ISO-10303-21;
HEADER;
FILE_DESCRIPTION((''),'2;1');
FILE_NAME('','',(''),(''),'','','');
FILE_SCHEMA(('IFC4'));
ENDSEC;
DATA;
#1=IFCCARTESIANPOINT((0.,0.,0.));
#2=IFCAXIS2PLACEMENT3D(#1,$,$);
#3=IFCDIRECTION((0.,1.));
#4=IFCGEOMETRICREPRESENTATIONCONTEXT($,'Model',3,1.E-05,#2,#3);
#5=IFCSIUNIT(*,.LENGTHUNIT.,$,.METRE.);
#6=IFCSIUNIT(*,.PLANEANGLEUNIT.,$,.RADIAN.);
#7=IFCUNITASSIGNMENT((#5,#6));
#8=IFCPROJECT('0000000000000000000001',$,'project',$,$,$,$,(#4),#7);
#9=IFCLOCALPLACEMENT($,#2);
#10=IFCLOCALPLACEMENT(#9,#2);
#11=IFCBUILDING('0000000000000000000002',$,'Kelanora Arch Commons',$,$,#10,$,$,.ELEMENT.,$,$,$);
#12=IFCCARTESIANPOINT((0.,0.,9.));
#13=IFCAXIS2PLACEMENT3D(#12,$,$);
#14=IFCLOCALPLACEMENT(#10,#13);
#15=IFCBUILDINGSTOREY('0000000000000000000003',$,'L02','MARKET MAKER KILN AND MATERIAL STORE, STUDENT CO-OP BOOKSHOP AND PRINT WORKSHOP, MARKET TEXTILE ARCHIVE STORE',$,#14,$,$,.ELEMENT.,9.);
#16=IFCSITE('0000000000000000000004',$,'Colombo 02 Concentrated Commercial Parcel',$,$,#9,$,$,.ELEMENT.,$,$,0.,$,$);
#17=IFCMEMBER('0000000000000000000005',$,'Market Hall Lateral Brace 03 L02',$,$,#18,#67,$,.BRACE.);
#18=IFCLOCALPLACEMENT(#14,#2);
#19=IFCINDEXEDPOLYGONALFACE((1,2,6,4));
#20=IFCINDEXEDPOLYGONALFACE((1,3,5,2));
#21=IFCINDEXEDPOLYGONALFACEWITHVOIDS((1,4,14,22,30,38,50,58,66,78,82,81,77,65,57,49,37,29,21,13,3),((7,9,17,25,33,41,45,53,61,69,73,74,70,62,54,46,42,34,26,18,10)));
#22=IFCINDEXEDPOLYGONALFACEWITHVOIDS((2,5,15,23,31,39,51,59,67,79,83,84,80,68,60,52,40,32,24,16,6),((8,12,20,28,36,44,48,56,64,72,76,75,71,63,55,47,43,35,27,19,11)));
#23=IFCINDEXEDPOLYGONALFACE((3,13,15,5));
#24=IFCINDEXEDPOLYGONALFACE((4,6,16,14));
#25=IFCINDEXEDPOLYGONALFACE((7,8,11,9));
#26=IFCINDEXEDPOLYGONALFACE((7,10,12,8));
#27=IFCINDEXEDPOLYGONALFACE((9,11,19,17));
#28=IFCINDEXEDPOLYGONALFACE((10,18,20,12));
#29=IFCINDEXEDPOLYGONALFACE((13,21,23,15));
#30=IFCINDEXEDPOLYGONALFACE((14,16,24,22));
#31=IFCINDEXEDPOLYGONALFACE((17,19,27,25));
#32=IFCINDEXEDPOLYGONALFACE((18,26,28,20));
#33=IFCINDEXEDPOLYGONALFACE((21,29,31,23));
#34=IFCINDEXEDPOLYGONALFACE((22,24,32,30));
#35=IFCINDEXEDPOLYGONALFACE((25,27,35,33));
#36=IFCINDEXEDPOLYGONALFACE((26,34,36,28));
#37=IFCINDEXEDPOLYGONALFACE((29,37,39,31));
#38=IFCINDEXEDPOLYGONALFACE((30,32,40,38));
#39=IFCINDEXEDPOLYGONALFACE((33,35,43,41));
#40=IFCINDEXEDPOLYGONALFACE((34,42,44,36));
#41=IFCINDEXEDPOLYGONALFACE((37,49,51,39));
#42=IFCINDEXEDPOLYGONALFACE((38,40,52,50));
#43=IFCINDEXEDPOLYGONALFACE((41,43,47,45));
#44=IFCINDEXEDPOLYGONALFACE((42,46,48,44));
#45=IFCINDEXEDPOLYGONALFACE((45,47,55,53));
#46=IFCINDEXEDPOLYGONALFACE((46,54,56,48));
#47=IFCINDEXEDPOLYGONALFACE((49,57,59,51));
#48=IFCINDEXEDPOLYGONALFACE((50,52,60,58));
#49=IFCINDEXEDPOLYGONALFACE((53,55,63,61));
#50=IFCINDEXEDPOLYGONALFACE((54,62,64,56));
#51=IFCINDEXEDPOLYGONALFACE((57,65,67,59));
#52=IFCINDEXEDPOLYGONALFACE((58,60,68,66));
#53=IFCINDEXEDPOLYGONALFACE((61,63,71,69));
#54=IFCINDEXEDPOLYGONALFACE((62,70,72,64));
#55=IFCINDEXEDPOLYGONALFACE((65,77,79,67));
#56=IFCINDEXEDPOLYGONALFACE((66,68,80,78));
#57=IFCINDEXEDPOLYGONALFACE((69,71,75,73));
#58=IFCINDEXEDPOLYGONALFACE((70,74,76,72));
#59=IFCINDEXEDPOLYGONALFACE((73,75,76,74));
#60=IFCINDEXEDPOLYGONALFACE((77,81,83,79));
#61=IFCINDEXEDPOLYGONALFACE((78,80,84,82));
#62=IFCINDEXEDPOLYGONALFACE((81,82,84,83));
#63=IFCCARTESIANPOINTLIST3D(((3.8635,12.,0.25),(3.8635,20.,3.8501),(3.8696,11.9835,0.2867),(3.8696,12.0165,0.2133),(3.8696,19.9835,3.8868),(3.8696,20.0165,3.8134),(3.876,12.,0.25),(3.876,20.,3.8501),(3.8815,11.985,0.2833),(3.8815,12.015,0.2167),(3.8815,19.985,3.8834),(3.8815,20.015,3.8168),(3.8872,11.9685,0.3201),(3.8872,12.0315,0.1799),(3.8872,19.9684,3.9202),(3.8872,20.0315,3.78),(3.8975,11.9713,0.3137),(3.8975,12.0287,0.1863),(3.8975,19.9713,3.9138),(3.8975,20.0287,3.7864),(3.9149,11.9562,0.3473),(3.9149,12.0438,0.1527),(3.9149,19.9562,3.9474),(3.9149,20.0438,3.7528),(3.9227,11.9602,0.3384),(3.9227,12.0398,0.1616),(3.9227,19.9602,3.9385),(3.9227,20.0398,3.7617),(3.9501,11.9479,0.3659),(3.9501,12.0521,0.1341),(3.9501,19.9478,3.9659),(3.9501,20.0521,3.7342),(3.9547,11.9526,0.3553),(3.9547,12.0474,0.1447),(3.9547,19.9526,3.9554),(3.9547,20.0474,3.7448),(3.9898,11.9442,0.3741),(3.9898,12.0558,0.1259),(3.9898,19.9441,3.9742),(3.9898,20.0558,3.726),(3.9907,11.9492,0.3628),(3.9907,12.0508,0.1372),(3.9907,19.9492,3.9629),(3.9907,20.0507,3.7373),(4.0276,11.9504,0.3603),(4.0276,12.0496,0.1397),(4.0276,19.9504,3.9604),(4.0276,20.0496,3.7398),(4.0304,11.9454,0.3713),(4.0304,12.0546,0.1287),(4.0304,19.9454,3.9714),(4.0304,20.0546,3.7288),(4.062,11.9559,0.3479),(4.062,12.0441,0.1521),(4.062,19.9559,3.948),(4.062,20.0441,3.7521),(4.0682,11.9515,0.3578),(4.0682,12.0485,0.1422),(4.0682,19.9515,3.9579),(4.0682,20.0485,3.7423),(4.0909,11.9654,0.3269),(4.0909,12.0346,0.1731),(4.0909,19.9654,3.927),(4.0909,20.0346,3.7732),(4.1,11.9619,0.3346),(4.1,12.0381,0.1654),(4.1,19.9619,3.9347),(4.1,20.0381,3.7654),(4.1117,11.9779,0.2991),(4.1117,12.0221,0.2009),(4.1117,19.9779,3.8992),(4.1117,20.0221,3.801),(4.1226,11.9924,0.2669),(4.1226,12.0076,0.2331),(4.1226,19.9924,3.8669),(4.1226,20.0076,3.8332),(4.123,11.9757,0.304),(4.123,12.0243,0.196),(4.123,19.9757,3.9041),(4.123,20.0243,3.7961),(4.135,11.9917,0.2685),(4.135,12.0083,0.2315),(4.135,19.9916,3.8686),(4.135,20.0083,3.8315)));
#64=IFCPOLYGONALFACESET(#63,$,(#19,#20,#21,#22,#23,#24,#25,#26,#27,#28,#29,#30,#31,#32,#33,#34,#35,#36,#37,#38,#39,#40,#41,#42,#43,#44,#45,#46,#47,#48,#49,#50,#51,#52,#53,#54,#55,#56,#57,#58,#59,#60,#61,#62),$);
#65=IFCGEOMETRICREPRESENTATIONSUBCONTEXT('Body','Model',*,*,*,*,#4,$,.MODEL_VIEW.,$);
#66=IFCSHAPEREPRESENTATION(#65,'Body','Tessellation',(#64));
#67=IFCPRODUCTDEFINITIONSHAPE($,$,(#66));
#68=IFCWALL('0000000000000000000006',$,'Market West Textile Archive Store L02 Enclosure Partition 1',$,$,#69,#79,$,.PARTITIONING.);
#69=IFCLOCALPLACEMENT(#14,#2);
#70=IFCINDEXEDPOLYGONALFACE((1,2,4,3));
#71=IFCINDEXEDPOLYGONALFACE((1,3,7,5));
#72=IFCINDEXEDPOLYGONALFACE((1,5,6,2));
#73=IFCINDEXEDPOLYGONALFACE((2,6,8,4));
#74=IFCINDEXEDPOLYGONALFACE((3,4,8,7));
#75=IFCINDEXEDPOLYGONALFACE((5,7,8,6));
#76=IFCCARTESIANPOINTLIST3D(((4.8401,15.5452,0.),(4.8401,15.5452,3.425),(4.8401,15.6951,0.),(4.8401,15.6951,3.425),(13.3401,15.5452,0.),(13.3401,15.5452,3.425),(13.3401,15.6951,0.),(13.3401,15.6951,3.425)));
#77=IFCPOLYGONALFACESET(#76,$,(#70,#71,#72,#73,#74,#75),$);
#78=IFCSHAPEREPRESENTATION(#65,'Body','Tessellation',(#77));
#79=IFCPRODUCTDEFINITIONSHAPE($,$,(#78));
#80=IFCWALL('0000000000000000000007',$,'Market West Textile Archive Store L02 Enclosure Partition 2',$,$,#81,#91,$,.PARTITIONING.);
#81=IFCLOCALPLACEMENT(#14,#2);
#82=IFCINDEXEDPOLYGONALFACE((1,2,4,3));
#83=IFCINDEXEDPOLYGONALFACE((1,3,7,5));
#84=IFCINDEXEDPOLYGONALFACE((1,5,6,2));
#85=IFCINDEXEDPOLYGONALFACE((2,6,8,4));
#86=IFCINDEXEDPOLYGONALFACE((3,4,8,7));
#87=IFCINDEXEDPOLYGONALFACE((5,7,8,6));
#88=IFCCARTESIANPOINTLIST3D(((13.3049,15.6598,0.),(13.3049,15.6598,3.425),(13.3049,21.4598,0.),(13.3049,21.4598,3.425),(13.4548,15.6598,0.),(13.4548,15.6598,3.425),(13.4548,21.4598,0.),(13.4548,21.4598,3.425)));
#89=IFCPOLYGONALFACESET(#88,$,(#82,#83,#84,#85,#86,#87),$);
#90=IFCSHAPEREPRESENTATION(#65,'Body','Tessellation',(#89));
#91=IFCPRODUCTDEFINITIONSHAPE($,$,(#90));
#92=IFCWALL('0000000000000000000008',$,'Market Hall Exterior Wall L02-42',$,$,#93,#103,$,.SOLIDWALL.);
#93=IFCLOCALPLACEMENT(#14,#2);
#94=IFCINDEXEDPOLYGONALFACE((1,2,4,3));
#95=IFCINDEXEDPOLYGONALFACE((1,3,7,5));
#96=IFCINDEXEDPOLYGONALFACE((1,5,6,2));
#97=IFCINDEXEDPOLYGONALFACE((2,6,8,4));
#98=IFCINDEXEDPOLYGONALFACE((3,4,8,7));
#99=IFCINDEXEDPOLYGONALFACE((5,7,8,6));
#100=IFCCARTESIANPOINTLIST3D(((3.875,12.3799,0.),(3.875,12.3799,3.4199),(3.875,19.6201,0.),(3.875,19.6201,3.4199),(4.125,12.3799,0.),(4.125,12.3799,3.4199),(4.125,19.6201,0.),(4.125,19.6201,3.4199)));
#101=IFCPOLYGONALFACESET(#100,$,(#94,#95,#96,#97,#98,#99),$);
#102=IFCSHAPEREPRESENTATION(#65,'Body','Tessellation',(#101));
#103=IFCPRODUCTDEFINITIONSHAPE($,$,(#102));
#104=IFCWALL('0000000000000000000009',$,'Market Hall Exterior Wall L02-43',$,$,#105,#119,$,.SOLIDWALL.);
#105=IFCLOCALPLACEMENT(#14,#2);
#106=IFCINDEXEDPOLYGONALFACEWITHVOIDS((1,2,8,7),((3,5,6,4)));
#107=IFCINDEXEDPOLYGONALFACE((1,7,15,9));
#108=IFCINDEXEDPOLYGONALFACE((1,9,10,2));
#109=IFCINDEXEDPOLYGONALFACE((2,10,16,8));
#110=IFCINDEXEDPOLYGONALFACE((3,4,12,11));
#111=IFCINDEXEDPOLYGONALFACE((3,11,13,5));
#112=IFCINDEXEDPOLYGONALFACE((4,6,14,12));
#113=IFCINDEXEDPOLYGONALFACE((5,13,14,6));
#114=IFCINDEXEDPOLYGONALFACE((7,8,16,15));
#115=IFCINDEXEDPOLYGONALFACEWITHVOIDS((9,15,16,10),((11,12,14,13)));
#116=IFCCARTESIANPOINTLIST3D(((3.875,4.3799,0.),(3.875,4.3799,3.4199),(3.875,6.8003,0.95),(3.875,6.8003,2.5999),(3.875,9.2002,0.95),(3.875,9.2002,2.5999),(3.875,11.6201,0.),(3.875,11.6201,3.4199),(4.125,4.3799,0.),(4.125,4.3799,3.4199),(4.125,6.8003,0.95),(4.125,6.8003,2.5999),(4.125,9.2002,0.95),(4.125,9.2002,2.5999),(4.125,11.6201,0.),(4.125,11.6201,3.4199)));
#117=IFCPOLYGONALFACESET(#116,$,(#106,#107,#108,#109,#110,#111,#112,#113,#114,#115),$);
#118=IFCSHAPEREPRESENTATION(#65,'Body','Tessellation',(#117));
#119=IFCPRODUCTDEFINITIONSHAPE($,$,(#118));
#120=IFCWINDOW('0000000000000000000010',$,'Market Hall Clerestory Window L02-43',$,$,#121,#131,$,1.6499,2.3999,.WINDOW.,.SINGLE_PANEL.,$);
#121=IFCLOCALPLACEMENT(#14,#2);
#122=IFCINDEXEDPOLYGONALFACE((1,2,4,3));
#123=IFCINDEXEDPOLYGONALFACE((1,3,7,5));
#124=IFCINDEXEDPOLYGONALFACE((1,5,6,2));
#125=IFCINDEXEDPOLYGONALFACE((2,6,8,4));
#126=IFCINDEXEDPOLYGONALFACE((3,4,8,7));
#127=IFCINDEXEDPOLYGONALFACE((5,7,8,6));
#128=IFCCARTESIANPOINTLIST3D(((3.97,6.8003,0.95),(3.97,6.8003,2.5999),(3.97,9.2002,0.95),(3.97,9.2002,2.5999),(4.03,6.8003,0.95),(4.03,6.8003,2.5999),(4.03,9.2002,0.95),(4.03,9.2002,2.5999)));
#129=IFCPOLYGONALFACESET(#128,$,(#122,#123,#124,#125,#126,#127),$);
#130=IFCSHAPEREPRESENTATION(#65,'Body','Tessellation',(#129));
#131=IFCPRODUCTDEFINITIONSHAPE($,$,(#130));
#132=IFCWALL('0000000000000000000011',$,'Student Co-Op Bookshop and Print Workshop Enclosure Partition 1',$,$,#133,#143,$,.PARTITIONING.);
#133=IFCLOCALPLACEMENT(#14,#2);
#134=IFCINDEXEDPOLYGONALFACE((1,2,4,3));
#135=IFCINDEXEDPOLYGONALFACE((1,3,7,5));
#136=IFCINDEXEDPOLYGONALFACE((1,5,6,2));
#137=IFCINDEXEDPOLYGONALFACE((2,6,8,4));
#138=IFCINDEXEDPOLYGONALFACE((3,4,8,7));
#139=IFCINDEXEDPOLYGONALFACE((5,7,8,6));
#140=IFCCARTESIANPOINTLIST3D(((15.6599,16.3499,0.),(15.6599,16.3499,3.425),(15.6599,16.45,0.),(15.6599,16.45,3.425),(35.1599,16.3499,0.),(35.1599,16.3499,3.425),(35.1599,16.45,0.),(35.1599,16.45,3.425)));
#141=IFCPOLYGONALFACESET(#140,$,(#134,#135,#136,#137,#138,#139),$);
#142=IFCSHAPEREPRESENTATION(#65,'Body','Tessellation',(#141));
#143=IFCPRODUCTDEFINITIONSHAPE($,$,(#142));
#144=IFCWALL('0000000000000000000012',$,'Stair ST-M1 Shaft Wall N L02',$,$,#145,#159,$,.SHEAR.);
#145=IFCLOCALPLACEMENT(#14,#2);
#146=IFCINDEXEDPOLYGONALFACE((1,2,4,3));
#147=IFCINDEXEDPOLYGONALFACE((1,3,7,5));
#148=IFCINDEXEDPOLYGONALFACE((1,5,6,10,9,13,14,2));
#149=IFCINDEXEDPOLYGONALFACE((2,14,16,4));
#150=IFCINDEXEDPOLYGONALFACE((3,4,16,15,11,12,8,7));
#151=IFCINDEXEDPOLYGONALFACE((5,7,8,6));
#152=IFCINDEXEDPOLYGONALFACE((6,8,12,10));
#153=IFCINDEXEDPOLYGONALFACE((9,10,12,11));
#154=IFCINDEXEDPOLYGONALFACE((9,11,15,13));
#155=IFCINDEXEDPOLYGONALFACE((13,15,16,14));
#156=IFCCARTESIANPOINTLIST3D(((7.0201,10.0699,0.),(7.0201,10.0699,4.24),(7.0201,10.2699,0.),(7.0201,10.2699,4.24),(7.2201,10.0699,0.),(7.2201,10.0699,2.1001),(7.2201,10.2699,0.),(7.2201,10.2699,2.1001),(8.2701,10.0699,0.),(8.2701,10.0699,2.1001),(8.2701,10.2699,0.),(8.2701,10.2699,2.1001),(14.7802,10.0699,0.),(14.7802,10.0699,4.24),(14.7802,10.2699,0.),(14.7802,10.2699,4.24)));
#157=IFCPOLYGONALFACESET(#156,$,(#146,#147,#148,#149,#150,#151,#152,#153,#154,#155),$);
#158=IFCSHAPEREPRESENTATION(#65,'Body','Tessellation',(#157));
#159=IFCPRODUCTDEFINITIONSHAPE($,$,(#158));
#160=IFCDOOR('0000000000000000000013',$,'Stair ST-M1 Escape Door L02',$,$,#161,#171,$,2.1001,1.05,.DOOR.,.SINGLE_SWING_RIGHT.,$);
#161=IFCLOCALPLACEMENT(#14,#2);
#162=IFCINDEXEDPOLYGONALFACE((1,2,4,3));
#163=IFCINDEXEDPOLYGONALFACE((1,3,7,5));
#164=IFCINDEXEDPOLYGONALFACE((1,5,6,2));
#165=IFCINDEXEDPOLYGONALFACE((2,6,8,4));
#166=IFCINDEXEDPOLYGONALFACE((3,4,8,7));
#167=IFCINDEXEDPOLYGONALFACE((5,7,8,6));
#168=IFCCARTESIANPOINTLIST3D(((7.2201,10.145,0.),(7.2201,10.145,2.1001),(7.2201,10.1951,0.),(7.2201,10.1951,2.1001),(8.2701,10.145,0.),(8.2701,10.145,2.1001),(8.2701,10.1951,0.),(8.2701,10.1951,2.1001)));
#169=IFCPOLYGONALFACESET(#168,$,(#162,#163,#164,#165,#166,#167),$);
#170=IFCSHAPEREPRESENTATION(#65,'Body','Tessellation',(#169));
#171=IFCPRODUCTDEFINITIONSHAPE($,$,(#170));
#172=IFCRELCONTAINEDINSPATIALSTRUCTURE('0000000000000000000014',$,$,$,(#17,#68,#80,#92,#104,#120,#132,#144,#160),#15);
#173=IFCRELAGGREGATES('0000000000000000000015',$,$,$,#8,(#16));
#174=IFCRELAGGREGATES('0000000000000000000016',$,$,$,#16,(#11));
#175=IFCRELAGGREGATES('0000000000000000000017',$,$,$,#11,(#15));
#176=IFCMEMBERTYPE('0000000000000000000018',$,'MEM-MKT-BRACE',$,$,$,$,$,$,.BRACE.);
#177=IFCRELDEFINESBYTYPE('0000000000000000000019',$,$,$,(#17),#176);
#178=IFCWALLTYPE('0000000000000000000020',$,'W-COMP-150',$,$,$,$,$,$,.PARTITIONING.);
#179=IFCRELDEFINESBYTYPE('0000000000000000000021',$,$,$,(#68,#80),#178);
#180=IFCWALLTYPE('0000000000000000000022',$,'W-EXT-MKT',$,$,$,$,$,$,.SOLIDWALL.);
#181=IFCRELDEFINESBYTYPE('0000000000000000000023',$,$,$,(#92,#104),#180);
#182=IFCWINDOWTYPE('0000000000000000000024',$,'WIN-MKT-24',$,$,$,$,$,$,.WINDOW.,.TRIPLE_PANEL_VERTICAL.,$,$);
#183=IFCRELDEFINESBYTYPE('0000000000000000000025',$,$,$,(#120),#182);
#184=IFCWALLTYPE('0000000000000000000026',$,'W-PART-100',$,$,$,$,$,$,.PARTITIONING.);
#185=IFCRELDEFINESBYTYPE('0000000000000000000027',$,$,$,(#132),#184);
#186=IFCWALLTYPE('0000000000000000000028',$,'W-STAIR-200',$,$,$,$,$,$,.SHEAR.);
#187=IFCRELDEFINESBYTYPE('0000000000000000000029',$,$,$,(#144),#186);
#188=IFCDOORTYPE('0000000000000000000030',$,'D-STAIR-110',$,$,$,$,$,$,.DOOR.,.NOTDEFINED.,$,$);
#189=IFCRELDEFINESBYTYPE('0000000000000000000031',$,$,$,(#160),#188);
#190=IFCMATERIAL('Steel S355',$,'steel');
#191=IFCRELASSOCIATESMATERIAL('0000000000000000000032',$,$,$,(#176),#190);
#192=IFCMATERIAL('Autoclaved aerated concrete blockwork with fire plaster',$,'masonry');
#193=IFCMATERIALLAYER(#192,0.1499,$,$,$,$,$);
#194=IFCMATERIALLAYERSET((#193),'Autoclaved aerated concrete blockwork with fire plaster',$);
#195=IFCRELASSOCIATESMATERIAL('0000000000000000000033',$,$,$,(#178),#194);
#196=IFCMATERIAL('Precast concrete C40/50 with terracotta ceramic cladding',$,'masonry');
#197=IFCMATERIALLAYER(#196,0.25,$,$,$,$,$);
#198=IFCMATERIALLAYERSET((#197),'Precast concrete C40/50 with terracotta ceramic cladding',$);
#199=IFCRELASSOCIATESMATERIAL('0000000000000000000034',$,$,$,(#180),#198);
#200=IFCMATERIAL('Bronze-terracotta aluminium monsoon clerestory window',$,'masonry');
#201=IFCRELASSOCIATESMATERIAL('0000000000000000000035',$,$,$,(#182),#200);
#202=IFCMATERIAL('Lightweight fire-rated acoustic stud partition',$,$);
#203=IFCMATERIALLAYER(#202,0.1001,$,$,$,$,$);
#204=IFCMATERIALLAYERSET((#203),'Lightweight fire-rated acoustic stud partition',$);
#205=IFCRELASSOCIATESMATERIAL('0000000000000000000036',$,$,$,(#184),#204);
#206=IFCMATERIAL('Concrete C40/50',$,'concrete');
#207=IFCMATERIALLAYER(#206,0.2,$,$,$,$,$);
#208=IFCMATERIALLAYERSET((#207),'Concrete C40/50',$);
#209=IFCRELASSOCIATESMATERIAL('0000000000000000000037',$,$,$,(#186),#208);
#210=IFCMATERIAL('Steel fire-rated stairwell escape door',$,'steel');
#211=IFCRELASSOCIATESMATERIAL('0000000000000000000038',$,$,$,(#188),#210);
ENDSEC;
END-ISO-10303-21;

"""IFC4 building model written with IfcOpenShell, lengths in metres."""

from ifc_helpers import new_model, si_unit, direction, frame, frame_2d, origin, origin_2d, place, context, subcontext, project, spatial, rectangle, hollow_circle, extrude, material, layer, layer_set, material_profile, profile_set, type_object, element, fill, save


model = new_model("IFC4")

# Units and contexts
model_context = context("Model", 3, precision=1e-05, world=origin(), true_north=direction((0.0, 1.0)))
body_context = subcontext(model_context, "Body", "Model", "MODEL_VIEW")
ifc_project = project(units=[si_unit("LENGTHUNIT", "METRE"), si_unit("PLANEANGLEUNIT", "RADIAN")], contexts=[model_context])

# Site, building, storey
site_placement = place(None, origin())
site = spatial("IfcSite", under=ifc_project, at=site_placement, Name="Colombo 02 Concentrated Commercial Parcel", CompositionType="ELEMENT", RefElevation=0.0)
building_placement = place(site_placement, origin())
building = spatial("IfcBuilding", under=site, at=building_placement, Name="Kelanora Arch Commons", CompositionType="ELEMENT")
storey_placement = place(building_placement, frame((0.0, 0.0, 9.0)))
storey = spatial("IfcBuildingStorey", under=building, at=storey_placement, Name="L02", Description="MARKET MAKER KILN AND MATERIAL STORE, STUDENT CO-OP BOOKSHOP AND PRINT WORKSHOP, MARKET TEXTILE ARCHIVE STORE", CompositionType="ELEMENT", Elevation=9.0)

# Shared definitions
ifc_material_1 = material(Name="Concrete C40/50", Category="concrete")

# Member
ifc_material_2 = material(Name="Steel S355", Category="steel")
ifc_material_profile_1 = material_profile(ifc_material_2, hollow_circle(Radius=0.1365, WallThickness=0.0125, at=origin_2d()), Name="CHS273x12.5")
ifc_profile_set_1 = profile_set([ifc_material_profile_1], Name="Steel S355")
member_type = type_object("IfcMemberType", Name="MEM-MKT-BRACE", PredefinedType="BRACE", material=ifc_profile_set_1)
member_placement = place(storey_placement, frame((4.0, 12.0, 0.25), z_axis=(0.0, 0.911917, 0.410374), x_axis=(-1.0, 0.0, 0.0)))
element("IfcMember", 1, at=member_placement, inside=storey, type_object=member_type, Name="Market Hall Lateral Brace 03 L02", PredefinedType="BRACE", context=body_context, shape_type="SweptSolid", body=[
    extrude(hollow_circle(Radius=0.1365, WallThickness=0.0125, at=origin_2d()), origin(), (0.0, 0.0, 1.0), 8.7727),
])

# Walls
ifc_material_3 = material(Name="Autoclaved aerated concrete blockwork with fire plaster", Category="masonry")
ifc_layer_1 = layer(ifc_material_3, 0.1499)
ifc_layer_set_1 = layer_set([ifc_layer_1], Name="Autoclaved aerated concrete blockwork with fire plaster")
wall_type_1 = type_object("IfcWallType", Name="W-COMP-150", PredefinedType="PARTITIONING", material=ifc_layer_set_1)
wall_1_placement = place(storey_placement, frame((4.8401, 15.6201, 0.0), z_axis=(0.0, 0.0, 1.0), x_axis=(1.0, 0.0, 0.0)))
element("IfcWall", 2, at=wall_1_placement, inside=storey, type_object=wall_type_1, Name="Market West Textile Archive Store L02 Enclosure Partition 1", PredefinedType="PARTITIONING", context=body_context, shape_type="SweptSolid", body=[
    extrude(rectangle(XDim=8.5, YDim=0.1499, at=frame_2d((4.25, 0.0))), origin(), (0.0, 0.0, 1.0), 3.425),
])
wall_2_placement = place(storey_placement, frame((13.3799, 15.6599, 0.0), z_axis=(0.0, 0.0, 1.0), x_axis=(0.0, 1.0, 0.0)))
element("IfcWall", 3, at=wall_2_placement, inside=storey, type_object=wall_type_1, Name="Market West Textile Archive Store L02 Enclosure Partition 2", PredefinedType="PARTITIONING", context=body_context, shape_type="SweptSolid", body=[
    extrude(rectangle(XDim=5.8, YDim=0.1499, at=frame_2d((2.8999, 0.0))), origin(), (0.0, 0.0, 1.0), 3.425),
])
ifc_material_4 = material(Name="Precast concrete C40/50 with terracotta ceramic cladding", Category="masonry")
ifc_layer_2 = layer(ifc_material_4, 0.25)
ifc_layer_set_2 = layer_set([ifc_layer_2], Name="Precast concrete C40/50 with terracotta ceramic cladding")
wall_type_2 = type_object("IfcWallType", Name="W-EXT-MKT", PredefinedType="SOLIDWALL", material=ifc_layer_set_2)
wall_3_placement = place(storey_placement, frame((4.0, 19.6201, 0.0), z_axis=(0.0, 0.0, 1.0), x_axis=(0.0, -1.0, 0.0)))
element("IfcWall", 4, at=wall_3_placement, inside=storey, type_object=wall_type_2, Name="Market Hall Exterior Wall L02-42", PredefinedType="SOLIDWALL", context=body_context, shape_type="SweptSolid", body=[
    extrude(rectangle(XDim=7.2402, YDim=0.25, at=frame_2d((3.6201, 0.0))), origin(), (0.0, 0.0, 1.0), 3.4199),
])

# Wall, opening, window
wall_4_placement = place(storey_placement, frame((4.0, 11.6201, 0.0), z_axis=(0.0, 0.0, 1.0), x_axis=(0.0, -1.0, 0.0)))
wall_4 = element("IfcWall", 5, at=wall_4_placement, inside=storey, type_object=wall_type_2, Name="Market Hall Exterior Wall L02-43", PredefinedType="SOLIDWALL", context=body_context, shape_type="SweptSolid", body=[
    extrude(rectangle(XDim=7.2402, YDim=0.25, at=frame_2d((3.6201, 0.0))), origin(), (0.0, 0.0, 1.0), 3.4199),
])
opening_1_placement = place(wall_4_placement, frame((2.4199, 0.0, 0.95)))
opening_1 = element("IfcOpeningElement", 6, at=opening_1_placement, cuts=wall_4, PredefinedType="OPENING", context=body_context, shape_type="SweptSolid", body=[
    extrude(rectangle(XDim=2.3999, YDim=1.6499, at=frame_2d((1.2, 0.825))), frame((0.0, 0.135, 0.0), z_axis=(0.0, -1.0, 0.0), x_axis=(1.0, 0.0, 0.0)), (0.0, 0.0, 1.0), 0.27),
])
ifc_material_5 = material(Name="Bronze-terracotta aluminium monsoon clerestory window", Category="masonry")
window_type = type_object("IfcWindowType", Name="WIN-MKT-24", PartitioningType="TRIPLE_PANEL_VERTICAL", PredefinedType="WINDOW", material=ifc_material_5)
window_placement = place(opening_1_placement, origin())
window = element("IfcWindow", 7, at=window_placement, inside=storey, type_object=window_type, Name="Market Hall Clerestory Window L02-43", OverallHeight=1.6499, OverallWidth=2.3999, PartitioningType="SINGLE_PANEL", PredefinedType="WINDOW", context=body_context, shape_type="SweptSolid", body=[
    extrude(rectangle(XDim=2.3999, YDim=1.6499, at=frame_2d((1.2, 0.825))), frame((0.0, 0.03, 0.0), z_axis=(0.0, -1.0, 0.0), x_axis=(1.0, 0.0, 0.0)), (0.0, 0.0, 1.0), 0.0601),
])
fill(opening_1, window)

# Wall
ifc_material_6 = material(Name="Lightweight fire-rated acoustic stud partition")
ifc_layer_3 = layer(ifc_material_6, 0.1001)
ifc_layer_set_3 = layer_set([ifc_layer_3], Name="Lightweight fire-rated acoustic stud partition")
wall_type_3 = type_object("IfcWallType", Name="W-PART-100", PredefinedType="PARTITIONING", material=ifc_layer_set_3)
wall_5_placement = place(storey_placement, frame((15.6599, 16.3999, 0.0), z_axis=(0.0, 0.0, 1.0), x_axis=(1.0, 0.0, 0.0)))
element("IfcWall", 8, at=wall_5_placement, inside=storey, type_object=wall_type_3, Name="Student Co-Op Bookshop and Print Workshop Enclosure Partition 1", PredefinedType="PARTITIONING", context=body_context, shape_type="SweptSolid", body=[
    extrude(rectangle(XDim=19.5, YDim=0.1001, at=frame_2d((9.75, 0.0))), origin(), (0.0, 0.0, 1.0), 3.425),
])

# Wall, opening, door
ifc_layer_4 = layer(ifc_material_1, 0.2)
ifc_layer_set_4 = layer_set([ifc_layer_4], Name="Concrete C40/50")
wall_type_4 = type_object("IfcWallType", Name="W-STAIR-200", PredefinedType="SHEAR", material=ifc_layer_set_4)
wall_6_placement = place(storey_placement, frame((14.78, 10.1699, 0.0), z_axis=(0.0, 0.0, 1.0), x_axis=(-1.0, 0.0, 0.0)))
wall_6 = element("IfcWall", 9, at=wall_6_placement, inside=storey, type_object=wall_type_4, Name="Stair ST-M1 Shaft Wall N L02", PredefinedType="SHEAR", context=body_context, shape_type="SweptSolid", body=[
    extrude(rectangle(XDim=7.76, YDim=0.2, at=frame_2d((3.8799, 0.0))), origin(), (0.0, 0.0, 1.0), 4.24),
])
opening_2_placement = place(wall_6_placement, frame((6.51, 0.0, 0.0)))
opening_2 = element("IfcOpeningElement", 10, at=opening_2_placement, cuts=wall_6, PredefinedType="OPENING", context=body_context, shape_type="SweptSolid", body=[
    extrude(rectangle(XDim=1.05, YDim=2.1001, at=frame_2d((0.5249, 1.05))), frame((0.0, 0.1099, 0.0), z_axis=(0.0, -1.0, 0.0), x_axis=(1.0, 0.0, 0.0)), (0.0, 0.0, 1.0), 0.22),
])
ifc_material_7 = material(Name="Steel fire-rated stairwell escape door", Category="steel")
door_type = type_object("IfcDoorType", Name="D-STAIR-110", OperationType="NOTDEFINED", PredefinedType="DOOR", material=ifc_material_7)
door_placement = place(opening_2_placement, origin())
door = element("IfcDoor", 11, at=door_placement, inside=storey, type_object=door_type, Name="Stair ST-M1 Escape Door L02", OperationType="SINGLE_SWING_RIGHT", OverallHeight=2.1001, OverallWidth=1.05, PredefinedType="DOOR", context=body_context, shape_type="SweptSolid", body=[
    extrude(rectangle(XDim=1.05, YDim=2.1001, at=frame_2d((0.5249, 1.05))), frame((0.0, 0.0249, 0.0), z_axis=(0.0, -1.0, 0.0), x_axis=(1.0, 0.0, 0.0)), (0.0, 0.0, 1.0), 0.05),
])
fill(opening_2, door)

save(model, "model.ifc")
